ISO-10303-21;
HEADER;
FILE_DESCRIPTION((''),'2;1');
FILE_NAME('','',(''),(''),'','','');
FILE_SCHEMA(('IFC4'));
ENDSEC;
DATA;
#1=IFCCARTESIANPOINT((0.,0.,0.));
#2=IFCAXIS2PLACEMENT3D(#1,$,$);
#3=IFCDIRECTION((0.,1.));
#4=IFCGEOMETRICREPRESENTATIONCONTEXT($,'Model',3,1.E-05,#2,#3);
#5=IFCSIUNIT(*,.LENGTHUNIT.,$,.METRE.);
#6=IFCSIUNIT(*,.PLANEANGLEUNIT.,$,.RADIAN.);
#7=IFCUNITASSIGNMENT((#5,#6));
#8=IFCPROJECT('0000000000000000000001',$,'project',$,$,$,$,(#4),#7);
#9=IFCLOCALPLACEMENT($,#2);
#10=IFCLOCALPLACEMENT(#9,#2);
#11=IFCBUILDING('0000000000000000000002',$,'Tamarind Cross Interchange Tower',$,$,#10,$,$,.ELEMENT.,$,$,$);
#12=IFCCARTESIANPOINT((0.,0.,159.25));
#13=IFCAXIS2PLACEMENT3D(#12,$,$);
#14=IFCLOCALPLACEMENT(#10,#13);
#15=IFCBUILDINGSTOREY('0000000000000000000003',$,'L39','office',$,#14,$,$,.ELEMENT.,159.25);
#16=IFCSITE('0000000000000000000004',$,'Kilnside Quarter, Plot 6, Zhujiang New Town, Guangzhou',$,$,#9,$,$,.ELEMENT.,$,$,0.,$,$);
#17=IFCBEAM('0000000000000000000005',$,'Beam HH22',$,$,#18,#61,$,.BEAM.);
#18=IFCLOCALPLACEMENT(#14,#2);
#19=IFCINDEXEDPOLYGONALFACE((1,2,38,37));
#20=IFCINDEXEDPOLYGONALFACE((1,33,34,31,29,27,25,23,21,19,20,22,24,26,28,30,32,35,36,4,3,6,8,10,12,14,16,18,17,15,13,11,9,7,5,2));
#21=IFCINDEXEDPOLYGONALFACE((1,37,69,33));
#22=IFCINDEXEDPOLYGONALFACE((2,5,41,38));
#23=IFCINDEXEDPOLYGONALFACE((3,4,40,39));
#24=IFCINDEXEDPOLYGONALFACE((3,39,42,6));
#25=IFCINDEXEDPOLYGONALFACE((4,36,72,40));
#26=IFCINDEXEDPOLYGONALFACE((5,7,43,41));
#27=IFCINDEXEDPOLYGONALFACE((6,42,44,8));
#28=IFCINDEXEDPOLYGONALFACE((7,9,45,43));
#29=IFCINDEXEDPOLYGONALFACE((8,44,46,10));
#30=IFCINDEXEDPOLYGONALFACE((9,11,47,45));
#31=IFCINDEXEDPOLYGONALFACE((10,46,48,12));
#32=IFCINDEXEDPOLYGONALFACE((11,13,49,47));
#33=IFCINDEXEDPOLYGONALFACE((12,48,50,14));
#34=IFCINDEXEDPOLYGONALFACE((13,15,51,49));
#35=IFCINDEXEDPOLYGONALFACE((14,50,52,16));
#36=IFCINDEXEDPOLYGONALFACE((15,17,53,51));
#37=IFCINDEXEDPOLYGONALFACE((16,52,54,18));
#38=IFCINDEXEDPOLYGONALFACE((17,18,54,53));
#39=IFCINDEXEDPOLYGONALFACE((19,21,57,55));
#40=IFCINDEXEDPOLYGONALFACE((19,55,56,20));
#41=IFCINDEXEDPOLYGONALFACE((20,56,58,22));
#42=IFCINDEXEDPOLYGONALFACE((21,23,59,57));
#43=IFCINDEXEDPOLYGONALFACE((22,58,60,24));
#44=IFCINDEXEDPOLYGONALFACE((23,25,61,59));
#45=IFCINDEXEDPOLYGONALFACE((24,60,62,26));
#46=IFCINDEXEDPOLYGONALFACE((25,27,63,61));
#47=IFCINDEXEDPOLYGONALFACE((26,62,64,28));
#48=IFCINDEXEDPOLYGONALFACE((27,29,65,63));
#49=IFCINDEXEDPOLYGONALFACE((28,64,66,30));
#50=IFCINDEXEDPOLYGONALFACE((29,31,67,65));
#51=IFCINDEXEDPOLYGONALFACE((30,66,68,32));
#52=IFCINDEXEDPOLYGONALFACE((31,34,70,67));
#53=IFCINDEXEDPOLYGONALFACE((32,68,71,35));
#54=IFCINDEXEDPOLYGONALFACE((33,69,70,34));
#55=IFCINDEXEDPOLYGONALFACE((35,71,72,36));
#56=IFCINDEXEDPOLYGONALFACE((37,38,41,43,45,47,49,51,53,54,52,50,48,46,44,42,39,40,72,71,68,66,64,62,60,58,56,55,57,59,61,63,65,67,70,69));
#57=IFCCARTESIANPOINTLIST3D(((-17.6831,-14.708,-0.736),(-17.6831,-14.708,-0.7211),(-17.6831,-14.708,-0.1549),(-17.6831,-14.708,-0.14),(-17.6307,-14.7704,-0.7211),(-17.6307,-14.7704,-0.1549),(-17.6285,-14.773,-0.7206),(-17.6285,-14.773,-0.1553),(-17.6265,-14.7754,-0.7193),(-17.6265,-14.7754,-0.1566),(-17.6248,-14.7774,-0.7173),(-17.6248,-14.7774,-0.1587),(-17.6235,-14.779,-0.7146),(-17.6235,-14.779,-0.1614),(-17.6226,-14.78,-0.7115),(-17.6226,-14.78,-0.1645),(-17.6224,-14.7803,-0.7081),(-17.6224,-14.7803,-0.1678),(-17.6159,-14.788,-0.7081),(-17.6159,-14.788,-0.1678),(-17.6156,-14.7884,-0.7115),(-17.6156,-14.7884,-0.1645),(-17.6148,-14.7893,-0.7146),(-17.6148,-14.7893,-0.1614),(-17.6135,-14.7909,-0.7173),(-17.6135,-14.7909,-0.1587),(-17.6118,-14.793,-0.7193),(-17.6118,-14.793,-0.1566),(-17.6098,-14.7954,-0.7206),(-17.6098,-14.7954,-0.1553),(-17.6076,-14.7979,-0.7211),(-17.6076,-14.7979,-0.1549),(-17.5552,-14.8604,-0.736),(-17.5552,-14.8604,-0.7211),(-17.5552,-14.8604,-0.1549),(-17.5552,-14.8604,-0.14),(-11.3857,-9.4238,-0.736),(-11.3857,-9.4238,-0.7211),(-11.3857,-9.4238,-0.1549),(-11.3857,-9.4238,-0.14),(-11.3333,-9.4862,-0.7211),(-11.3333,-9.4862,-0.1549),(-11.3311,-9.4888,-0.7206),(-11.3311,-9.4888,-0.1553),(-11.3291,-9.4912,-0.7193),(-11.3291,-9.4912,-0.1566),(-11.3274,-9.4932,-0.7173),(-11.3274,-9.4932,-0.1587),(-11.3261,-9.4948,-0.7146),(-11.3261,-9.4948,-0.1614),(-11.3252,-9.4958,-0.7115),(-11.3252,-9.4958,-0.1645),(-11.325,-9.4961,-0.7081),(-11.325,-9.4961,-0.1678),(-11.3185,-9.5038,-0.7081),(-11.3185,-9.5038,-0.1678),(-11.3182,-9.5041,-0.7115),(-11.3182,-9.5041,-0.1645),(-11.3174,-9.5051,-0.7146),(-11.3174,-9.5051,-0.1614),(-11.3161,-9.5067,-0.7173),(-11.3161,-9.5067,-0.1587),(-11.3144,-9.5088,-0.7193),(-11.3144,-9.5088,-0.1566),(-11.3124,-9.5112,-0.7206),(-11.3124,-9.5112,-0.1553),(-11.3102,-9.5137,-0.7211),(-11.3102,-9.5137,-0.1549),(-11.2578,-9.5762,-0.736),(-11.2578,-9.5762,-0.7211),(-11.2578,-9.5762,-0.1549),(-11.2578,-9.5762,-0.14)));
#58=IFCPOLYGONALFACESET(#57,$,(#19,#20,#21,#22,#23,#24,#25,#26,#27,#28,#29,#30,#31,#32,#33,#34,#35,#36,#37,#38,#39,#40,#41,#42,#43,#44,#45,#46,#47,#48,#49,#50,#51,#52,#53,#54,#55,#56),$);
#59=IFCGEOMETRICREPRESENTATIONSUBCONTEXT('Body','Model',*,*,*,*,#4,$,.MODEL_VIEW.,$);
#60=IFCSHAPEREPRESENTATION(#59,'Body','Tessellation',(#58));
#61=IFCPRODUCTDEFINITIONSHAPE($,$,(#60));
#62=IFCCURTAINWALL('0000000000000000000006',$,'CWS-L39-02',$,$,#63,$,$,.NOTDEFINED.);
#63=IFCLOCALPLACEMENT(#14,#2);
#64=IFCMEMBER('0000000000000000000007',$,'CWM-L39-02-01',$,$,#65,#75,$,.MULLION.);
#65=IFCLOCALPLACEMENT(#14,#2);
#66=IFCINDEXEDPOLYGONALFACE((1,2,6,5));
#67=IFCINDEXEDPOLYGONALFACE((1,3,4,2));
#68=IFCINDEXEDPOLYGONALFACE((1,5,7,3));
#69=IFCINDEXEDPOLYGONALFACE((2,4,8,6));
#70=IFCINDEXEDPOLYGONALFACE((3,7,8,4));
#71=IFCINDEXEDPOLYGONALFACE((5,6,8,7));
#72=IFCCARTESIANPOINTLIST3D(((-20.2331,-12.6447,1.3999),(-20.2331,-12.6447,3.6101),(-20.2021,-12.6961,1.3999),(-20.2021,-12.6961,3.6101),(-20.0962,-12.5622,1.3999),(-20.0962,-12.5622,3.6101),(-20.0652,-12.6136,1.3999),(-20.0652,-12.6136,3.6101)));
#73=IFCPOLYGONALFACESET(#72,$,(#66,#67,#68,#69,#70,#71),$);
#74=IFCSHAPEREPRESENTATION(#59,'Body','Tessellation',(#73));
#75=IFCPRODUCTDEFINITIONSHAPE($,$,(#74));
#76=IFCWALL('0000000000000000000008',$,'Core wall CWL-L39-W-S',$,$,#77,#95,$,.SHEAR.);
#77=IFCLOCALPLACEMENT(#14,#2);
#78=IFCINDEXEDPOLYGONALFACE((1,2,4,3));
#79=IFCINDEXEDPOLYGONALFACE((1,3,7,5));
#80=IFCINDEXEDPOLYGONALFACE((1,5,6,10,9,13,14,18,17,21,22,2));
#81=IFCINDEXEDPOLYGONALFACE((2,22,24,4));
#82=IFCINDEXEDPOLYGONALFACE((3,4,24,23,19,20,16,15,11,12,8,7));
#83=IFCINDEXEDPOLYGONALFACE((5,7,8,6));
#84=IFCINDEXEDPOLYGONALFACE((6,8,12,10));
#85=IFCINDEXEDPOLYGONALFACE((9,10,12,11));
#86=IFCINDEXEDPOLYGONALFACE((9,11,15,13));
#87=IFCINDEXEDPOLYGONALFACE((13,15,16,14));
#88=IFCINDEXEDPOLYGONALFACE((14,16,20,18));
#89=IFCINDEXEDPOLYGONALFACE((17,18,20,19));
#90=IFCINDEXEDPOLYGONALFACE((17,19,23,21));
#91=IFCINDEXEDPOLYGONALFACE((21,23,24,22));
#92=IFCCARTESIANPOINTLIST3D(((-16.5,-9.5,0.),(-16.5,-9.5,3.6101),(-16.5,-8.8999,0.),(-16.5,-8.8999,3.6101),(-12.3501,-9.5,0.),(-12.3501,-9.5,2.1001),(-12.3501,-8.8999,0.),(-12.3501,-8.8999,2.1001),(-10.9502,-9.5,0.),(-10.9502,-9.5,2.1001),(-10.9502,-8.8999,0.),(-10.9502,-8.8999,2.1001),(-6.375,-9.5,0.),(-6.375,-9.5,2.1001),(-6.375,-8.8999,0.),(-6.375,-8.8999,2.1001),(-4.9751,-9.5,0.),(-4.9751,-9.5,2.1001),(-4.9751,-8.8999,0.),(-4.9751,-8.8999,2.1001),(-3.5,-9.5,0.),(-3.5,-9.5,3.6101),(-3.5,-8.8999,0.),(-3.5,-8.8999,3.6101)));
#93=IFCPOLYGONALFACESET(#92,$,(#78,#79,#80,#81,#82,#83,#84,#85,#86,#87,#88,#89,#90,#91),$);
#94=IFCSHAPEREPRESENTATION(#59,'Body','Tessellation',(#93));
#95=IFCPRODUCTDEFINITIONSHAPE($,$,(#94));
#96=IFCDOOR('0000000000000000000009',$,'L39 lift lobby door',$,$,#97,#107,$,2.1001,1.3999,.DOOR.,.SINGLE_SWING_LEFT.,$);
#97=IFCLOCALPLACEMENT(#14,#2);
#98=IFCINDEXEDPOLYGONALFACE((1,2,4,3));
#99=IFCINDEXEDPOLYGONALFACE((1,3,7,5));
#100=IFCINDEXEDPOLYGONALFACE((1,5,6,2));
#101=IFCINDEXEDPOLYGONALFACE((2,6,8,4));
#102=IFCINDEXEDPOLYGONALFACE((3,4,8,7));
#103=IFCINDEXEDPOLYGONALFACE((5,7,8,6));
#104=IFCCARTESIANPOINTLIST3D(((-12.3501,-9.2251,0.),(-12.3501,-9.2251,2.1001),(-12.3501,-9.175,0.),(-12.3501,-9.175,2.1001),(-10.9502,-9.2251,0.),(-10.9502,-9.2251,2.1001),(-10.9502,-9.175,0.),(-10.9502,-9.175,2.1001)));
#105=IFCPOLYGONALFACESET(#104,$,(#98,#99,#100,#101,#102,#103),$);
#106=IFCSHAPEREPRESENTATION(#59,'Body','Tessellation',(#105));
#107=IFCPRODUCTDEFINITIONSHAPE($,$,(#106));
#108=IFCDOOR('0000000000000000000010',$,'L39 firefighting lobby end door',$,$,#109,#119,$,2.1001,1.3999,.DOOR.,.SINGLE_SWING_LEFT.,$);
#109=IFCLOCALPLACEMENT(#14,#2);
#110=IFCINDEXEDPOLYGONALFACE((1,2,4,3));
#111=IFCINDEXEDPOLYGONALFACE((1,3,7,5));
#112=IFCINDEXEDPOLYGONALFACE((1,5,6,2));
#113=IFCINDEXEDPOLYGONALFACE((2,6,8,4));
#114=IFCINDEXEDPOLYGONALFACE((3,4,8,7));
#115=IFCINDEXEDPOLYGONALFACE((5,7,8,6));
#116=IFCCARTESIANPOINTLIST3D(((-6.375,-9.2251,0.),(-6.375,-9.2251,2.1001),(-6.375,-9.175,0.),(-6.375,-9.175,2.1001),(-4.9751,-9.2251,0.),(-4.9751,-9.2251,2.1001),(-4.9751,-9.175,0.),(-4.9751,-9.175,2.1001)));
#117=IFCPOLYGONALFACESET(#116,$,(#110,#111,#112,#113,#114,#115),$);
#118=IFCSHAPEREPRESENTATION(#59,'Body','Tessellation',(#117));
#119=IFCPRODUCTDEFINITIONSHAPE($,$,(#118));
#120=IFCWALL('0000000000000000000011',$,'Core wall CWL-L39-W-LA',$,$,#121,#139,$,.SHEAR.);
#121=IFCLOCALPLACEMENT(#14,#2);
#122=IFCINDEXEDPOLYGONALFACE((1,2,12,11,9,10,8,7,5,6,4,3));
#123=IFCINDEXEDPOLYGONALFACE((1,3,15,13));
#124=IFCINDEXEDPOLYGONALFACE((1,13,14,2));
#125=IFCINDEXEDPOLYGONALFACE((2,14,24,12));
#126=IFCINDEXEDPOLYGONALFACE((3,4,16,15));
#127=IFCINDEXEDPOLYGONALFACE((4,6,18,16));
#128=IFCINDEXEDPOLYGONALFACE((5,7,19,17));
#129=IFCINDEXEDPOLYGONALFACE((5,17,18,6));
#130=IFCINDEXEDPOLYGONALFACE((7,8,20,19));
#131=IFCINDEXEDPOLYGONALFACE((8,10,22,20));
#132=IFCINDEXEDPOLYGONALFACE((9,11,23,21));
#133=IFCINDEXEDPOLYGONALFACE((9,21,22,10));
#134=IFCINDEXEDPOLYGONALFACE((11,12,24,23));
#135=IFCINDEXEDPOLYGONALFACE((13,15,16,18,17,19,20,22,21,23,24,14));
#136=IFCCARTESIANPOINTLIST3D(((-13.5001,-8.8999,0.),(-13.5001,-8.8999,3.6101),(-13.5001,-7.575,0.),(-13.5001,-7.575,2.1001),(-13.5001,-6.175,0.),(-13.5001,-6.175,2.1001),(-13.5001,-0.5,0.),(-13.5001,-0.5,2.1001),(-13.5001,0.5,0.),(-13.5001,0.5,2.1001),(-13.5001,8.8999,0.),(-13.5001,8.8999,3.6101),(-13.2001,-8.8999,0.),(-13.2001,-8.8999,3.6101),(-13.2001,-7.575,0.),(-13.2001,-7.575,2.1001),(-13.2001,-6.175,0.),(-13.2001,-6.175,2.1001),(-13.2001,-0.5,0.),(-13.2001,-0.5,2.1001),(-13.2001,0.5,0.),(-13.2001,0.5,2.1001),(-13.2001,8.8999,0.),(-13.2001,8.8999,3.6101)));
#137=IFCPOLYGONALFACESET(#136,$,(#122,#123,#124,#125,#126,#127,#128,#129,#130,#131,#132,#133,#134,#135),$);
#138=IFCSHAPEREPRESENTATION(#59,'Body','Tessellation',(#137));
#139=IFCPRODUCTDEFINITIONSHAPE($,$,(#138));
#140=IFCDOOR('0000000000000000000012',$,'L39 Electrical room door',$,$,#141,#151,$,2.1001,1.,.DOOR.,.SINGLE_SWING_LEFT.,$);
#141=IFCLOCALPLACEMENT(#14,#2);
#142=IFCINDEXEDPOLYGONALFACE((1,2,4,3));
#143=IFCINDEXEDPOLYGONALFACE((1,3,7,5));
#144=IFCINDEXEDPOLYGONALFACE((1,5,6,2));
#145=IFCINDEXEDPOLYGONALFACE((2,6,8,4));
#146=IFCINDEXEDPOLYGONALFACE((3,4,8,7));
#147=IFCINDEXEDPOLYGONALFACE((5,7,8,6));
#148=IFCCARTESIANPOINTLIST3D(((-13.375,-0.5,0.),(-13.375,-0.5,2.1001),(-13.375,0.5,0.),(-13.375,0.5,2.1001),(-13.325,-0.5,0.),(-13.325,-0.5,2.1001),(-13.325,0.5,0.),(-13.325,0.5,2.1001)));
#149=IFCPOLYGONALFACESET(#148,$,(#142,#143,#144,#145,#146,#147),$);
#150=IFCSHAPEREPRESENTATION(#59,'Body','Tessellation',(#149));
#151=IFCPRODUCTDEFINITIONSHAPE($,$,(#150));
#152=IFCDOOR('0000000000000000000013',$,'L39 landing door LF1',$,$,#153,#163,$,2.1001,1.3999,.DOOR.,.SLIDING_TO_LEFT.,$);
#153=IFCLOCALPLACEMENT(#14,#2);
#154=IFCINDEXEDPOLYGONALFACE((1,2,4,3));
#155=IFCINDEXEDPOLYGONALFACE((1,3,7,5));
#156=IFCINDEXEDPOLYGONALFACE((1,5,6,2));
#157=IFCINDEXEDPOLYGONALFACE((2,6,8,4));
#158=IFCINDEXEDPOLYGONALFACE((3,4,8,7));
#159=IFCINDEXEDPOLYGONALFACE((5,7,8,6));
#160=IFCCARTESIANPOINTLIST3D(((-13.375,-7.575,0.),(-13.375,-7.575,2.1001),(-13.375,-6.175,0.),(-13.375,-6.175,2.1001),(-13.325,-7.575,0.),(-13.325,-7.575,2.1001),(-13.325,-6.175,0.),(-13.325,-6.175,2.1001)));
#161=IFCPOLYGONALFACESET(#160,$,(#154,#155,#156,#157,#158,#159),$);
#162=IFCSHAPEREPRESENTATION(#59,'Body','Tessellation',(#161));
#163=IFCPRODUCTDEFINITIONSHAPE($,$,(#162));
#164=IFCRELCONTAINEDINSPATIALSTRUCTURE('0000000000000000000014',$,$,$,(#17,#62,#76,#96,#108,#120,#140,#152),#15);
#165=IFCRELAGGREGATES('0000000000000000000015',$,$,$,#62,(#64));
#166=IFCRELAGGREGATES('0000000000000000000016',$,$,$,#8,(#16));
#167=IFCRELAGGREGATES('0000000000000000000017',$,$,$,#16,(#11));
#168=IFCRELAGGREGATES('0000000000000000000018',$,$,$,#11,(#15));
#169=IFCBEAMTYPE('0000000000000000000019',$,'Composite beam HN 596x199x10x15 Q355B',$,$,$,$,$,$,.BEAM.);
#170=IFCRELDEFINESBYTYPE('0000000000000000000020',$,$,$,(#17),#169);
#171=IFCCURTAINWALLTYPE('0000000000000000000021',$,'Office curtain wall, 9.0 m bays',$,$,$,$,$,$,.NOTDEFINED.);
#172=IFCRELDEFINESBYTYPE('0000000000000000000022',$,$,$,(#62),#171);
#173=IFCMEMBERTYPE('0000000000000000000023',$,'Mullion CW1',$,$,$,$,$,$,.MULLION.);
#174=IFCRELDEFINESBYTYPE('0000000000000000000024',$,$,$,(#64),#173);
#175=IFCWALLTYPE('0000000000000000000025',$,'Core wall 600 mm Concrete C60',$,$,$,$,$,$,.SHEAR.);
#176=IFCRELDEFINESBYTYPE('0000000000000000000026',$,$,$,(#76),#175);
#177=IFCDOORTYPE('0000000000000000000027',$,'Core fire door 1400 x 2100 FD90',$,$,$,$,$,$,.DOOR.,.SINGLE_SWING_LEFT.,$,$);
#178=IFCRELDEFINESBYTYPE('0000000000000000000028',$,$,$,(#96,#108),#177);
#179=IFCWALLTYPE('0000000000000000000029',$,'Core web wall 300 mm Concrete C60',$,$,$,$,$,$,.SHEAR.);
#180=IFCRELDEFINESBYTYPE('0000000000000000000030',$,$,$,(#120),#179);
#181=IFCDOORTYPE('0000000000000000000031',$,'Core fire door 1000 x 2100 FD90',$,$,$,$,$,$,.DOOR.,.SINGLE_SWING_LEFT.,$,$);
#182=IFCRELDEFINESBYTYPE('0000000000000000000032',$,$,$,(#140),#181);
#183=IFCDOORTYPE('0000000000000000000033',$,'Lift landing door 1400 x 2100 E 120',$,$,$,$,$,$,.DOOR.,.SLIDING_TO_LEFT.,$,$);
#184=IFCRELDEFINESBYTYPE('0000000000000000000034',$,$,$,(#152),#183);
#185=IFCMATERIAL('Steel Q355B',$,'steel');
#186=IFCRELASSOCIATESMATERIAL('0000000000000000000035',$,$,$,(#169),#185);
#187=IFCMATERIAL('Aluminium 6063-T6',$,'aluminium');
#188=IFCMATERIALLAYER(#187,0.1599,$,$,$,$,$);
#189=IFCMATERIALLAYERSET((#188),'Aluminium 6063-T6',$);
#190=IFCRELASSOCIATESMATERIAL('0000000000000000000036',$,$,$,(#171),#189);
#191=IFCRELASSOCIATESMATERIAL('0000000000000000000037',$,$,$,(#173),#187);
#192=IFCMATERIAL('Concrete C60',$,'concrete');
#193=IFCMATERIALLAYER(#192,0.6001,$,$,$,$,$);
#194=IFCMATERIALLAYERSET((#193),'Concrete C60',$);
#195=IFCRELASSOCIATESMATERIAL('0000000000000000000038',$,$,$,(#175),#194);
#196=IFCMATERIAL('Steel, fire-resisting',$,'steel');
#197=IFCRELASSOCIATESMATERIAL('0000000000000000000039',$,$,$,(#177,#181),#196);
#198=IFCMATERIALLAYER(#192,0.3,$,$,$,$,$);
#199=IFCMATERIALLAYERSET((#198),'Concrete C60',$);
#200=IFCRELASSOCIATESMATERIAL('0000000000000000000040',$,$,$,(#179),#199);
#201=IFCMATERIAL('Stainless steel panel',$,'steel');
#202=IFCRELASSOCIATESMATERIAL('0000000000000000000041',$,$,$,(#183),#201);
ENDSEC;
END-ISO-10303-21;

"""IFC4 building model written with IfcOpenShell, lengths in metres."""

from ifc_helpers import new_model, si_unit, direction, frame, frame_2d, origin, origin_2d, place, context, subcontext, project, spatial, rectangle, i_section, extrude, material, layer, layer_set, material_profile, profile_set, type_object, element, fill, aggregate, save


model = new_model("IFC4")

# Units and contexts
model_context = context("Model", 3, precision=1e-05, world=origin(), true_north=direction((0.0, 1.0)))
body_context = subcontext(model_context, "Body", "Model", "MODEL_VIEW")
ifc_project = project(units=[si_unit("LENGTHUNIT", "METRE"), si_unit("PLANEANGLEUNIT", "RADIAN")], contexts=[model_context])

# Site, building, storey
site_placement = place(None, origin())
site = spatial("IfcSite", under=ifc_project, at=site_placement, Name="Kilnside Quarter, Plot 6, Zhujiang New Town, Guangzhou", CompositionType="ELEMENT", RefElevation=0.0)
building_placement = place(site_placement, origin())
building = spatial("IfcBuilding", under=site, at=building_placement, Name="Tamarind Cross Interchange Tower", CompositionType="ELEMENT")
storey_placement = place(building_placement, frame((0.0, 0.0, 159.25)))
storey = spatial("IfcBuildingStorey", under=building, at=storey_placement, Name="L39", Description="office", CompositionType="ELEMENT", Elevation=159.25)

# Shared definitions
ifc_material_1 = material(Name="Concrete C60", Category="concrete")

# Beam
ifc_material_2 = material(Name="Steel Q355B", Category="steel")
ifc_material_profile_1 = material_profile(ifc_material_2, i_section(OverallWidth=0.199, OverallDepth=0.5959, WebThickness=0.01, FlangeThickness=0.0149, FilletRadius=0.0129, at=origin_2d()), Name="HN 596x199x10x15")
ifc_profile_set_1 = profile_set([ifc_material_profile_1], Name="Steel Q355B")
beam_type_1 = type_object("IfcBeamType", Name="Composite beam HN 596x199x10x15 Q355B", PredefinedType="BEAM", material=ifc_profile_set_1)
beam_1_placement = place(storey_placement, frame((-17.6191, -14.7842, -0.438), z_axis=(0.766041, 0.642792, 0.0), x_axis=(-0.642792, 0.766041, 0.0)))
element("IfcBeam", 1, at=beam_1_placement, inside=storey, type_object=beam_type_1, Name="Beam HH22", PredefinedType="BEAM", context=body_context, shape_type="SweptSolid", body=[
    extrude(i_section(OverallWidth=0.199, OverallDepth=0.5959, WebThickness=0.01, FlangeThickness=0.0149, FilletRadius=0.0129, at=origin_2d()), origin(), (0.0, 0.0, 1.0), 8.2207),
])

# Curtain wall, member
ifc_material_3 = material(Name="Aluminium 6063-T6", Category="aluminium")
ifc_layer_1 = layer(ifc_material_3, 0.1599)
ifc_layer_set_1 = layer_set([ifc_layer_1], Name="Aluminium 6063-T6")
curtain_wall_type = type_object("IfcCurtainWallType", Name="Office curtain wall, 9.0 m bays", PredefinedType="NOTDEFINED", material=ifc_layer_set_1)
curtain_wall_placement = place(storey_placement, origin())
curtain_wall = element("IfcCurtainWall", 2, at=curtain_wall_placement, inside=storey, type_object=curtain_wall_type, Name="CWS-L39-02", PredefinedType="NOTDEFINED")
ifc_material_profile_2 = material_profile(ifc_material_3, rectangle(XDim=0.0601, YDim=0.1599, at=origin_2d()), Name="Mullion CW1")
ifc_profile_set_2 = profile_set([ifc_material_profile_2], Name="Aluminium 6063-T6")
member_type = type_object("IfcMemberType", Name="Mullion CW1", PredefinedType="MULLION", material=ifc_profile_set_2)
member_placement = place(storey_placement, frame((-20.1492, -12.6292, 1.3999), z_axis=(0.0, 0.0, 1.0), x_axis=(0.516248, -0.856439, 0.0)))
member = element("IfcMember", 3, at=member_placement, type_object=member_type, Name="CWM-L39-02-01", PredefinedType="MULLION", context=body_context, shape_type="SweptSolid", body=[
    extrude(rectangle(XDim=0.0601, YDim=0.1599, at=origin_2d()), origin(), (0.0, 0.0, 1.0), 2.2102),
])
aggregate(curtain_wall, [member])

# Walls, openings, doors
ifc_layer_2 = layer(ifc_material_1, 0.6001)
ifc_layer_set_2 = layer_set([ifc_layer_2], Name="Concrete C60")
wall_type_1 = type_object("IfcWallType", Name="Core wall 600 mm Concrete C60", PredefinedType="SHEAR", material=ifc_layer_set_2)
wall_1_placement = place(storey_placement, frame((-16.5, -9.2, 0.0), z_axis=(0.0, 0.0, 1.0), x_axis=(1.0, 0.0, 0.0)))
wall_1 = element("IfcWall", 4, at=wall_1_placement, inside=storey, type_object=wall_type_1, Name="Core wall CWL-L39-W-S", PredefinedType="SHEAR", context=body_context, shape_type="SweptSolid", body=[
    extrude(rectangle(XDim=13.0, YDim=0.6001, at=frame_2d((6.5, 0.0))), origin(), (0.0, 0.0, 1.0), 3.6101),
])
opening_1_placement = place(wall_1_placement, frame((4.1499, 0.0, 0.0)))
opening_1 = element("IfcOpeningElement", 5, at=opening_1_placement, cuts=wall_1, PredefinedType="OPENING", context=body_context, shape_type="SweptSolid", body=[
    extrude(rectangle(XDim=1.3999, YDim=2.1001, at=frame_2d((0.7, 1.05))), frame((0.0, 0.3101, 0.0), z_axis=(0.0, -1.0, 0.0), x_axis=(1.0, 0.0, 0.0)), (0.0, 0.0, 1.0), 0.6201),
])
opening_2_placement = place(wall_1_placement, frame((10.125, 0.0, 0.0)))
opening_2 = element("IfcOpeningElement", 6, at=opening_2_placement, cuts=wall_1, PredefinedType="OPENING", context=body_context, shape_type="SweptSolid", body=[
    extrude(rectangle(XDim=1.3999, YDim=2.1001, at=frame_2d((0.7, 1.05))), frame((0.0, 0.3101, 0.0), z_axis=(0.0, -1.0, 0.0), x_axis=(1.0, 0.0, 0.0)), (0.0, 0.0, 1.0), 0.6201),
])
ifc_material_4 = material(Name="Steel, fire-resisting", Category="steel")
door_type_1 = type_object("IfcDoorType", Name="Core fire door 1400 x 2100 FD90", OperationType="SINGLE_SWING_LEFT", PredefinedType="DOOR", material=ifc_material_4)
door_1_placement = place(opening_1_placement, origin())
door_1 = element("IfcDoor", 7, at=door_1_placement, inside=storey, type_object=door_type_1, Name="L39 lift lobby door", OperationType="SINGLE_SWING_LEFT", OverallHeight=2.1001, OverallWidth=1.3999, PredefinedType="DOOR", context=body_context, shape_type="SweptSolid", body=[
    extrude(rectangle(XDim=1.3999, YDim=2.1001, at=frame_2d((0.7, 1.05))), frame((0.0, 0.0249, 0.0), z_axis=(0.0, -1.0, 0.0), x_axis=(1.0, 0.0, 0.0)), (0.0, 0.0, 1.0), 0.05),
])
fill(opening_1, door_1)
door_2_placement = place(opening_2_placement, origin())
door_2 = element("IfcDoor", 8, at=door_2_placement, inside=storey, type_object=door_type_1, Name="L39 firefighting lobby end door", OperationType="SINGLE_SWING_LEFT", OverallHeight=2.1001, OverallWidth=1.3999, PredefinedType="DOOR", context=body_context, shape_type="SweptSolid", body=[
    extrude(rectangle(XDim=1.3999, YDim=2.1001, at=frame_2d((0.7, 1.05))), frame((0.0, 0.0249, 0.0), z_axis=(0.0, -1.0, 0.0), x_axis=(1.0, 0.0, 0.0)), (0.0, 0.0, 1.0), 0.05),
])
fill(opening_2, door_2)
ifc_layer_3 = layer(ifc_material_1, 0.3)
ifc_layer_set_3 = layer_set([ifc_layer_3], Name="Concrete C60")
wall_type_2 = type_object("IfcWallType", Name="Core web wall 300 mm Concrete C60", PredefinedType="SHEAR", material=ifc_layer_set_3)
wall_2_placement = place(storey_placement, frame((-13.3501, -8.8999, 0.0), z_axis=(0.0, 0.0, 1.0), x_axis=(0.0, 1.0, 0.0)))
wall_2 = element("IfcWall", 9, at=wall_2_placement, inside=storey, type_object=wall_type_2, Name="Core wall CWL-L39-W-LA", PredefinedType="SHEAR", context=body_context, shape_type="SweptSolid", body=[
    extrude(rectangle(XDim=17.7998, YDim=0.3, at=frame_2d((8.8999, 0.0))), origin(), (0.0, 0.0, 1.0), 3.6101),
])
opening_3_placement = place(wall_2_placement, frame((1.325, 0.0, 0.0)))
opening_3 = element("IfcOpeningElement", 10, at=opening_3_placement, cuts=wall_2, PredefinedType="OPENING", context=body_context, shape_type="SweptSolid", body=[
    extrude(rectangle(XDim=1.3999, YDim=2.1001, at=frame_2d((0.7, 1.05))), frame((0.0, 0.1599, 0.0), z_axis=(0.0, -1.0, 0.0), x_axis=(1.0, 0.0, 0.0)), (0.0, 0.0, 1.0), 0.3201),
])
opening_4_placement = place(wall_2_placement, frame((8.3999, 0.0, 0.0)))
opening_4 = element("IfcOpeningElement", 11, at=opening_4_placement, cuts=wall_2, PredefinedType="OPENING", context=body_context, shape_type="SweptSolid", body=[
    extrude(rectangle(XDim=1.0, YDim=2.1001, at=frame_2d((0.5, 1.05))), frame((0.0, 0.1599, 0.0), z_axis=(0.0, -1.0, 0.0), x_axis=(1.0, 0.0, 0.0)), (0.0, 0.0, 1.0), 0.3201),
])
door_type_2 = type_object("IfcDoorType", Name="Core fire door 1000 x 2100 FD90", OperationType="SINGLE_SWING_LEFT", PredefinedType="DOOR", material=ifc_material_4)
door_3_placement = place(opening_4_placement, origin())
door_3 = element("IfcDoor", 12, at=door_3_placement, inside=storey, type_object=door_type_2, Name="L39 Electrical room door", OperationType="SINGLE_SWING_LEFT", OverallHeight=2.1001, OverallWidth=1.0, PredefinedType="DOOR", context=body_context, shape_type="SweptSolid", body=[
    extrude(rectangle(XDim=1.0, YDim=2.1001, at=frame_2d((0.5, 1.05))), frame((0.0, 0.0249, 0.0), z_axis=(0.0, -1.0, 0.0), x_axis=(1.0, 0.0, 0.0)), (0.0, 0.0, 1.0), 0.05),
])
fill(opening_4, door_3)
ifc_material_5 = material(Name="Stainless steel panel", Category="steel")
door_type_3 = type_object("IfcDoorType", Name="Lift landing door 1400 x 2100 E 120", OperationType="SLIDING_TO_LEFT", PredefinedType="DOOR", material=ifc_material_5)
door_4_placement = place(opening_3_placement, origin())
door_4 = element("IfcDoor", 13, at=door_4_placement, inside=storey, type_object=door_type_3, Name="L39 landing door LF1", OperationType="SLIDING_TO_LEFT", OverallHeight=2.1001, OverallWidth=1.3999, PredefinedType="DOOR", context=body_context, shape_type="SweptSolid", body=[
    extrude(rectangle(XDim=1.3999, YDim=2.1001, at=frame_2d((0.7, 1.05))), frame((0.0, 0.0249, 0.0), z_axis=(0.0, -1.0, 0.0), x_axis=(1.0, 0.0, 0.0)), (0.0, 0.0, 1.0), 0.05),
])
fill(opening_3, door_4)

save(model, "model.ifc")
